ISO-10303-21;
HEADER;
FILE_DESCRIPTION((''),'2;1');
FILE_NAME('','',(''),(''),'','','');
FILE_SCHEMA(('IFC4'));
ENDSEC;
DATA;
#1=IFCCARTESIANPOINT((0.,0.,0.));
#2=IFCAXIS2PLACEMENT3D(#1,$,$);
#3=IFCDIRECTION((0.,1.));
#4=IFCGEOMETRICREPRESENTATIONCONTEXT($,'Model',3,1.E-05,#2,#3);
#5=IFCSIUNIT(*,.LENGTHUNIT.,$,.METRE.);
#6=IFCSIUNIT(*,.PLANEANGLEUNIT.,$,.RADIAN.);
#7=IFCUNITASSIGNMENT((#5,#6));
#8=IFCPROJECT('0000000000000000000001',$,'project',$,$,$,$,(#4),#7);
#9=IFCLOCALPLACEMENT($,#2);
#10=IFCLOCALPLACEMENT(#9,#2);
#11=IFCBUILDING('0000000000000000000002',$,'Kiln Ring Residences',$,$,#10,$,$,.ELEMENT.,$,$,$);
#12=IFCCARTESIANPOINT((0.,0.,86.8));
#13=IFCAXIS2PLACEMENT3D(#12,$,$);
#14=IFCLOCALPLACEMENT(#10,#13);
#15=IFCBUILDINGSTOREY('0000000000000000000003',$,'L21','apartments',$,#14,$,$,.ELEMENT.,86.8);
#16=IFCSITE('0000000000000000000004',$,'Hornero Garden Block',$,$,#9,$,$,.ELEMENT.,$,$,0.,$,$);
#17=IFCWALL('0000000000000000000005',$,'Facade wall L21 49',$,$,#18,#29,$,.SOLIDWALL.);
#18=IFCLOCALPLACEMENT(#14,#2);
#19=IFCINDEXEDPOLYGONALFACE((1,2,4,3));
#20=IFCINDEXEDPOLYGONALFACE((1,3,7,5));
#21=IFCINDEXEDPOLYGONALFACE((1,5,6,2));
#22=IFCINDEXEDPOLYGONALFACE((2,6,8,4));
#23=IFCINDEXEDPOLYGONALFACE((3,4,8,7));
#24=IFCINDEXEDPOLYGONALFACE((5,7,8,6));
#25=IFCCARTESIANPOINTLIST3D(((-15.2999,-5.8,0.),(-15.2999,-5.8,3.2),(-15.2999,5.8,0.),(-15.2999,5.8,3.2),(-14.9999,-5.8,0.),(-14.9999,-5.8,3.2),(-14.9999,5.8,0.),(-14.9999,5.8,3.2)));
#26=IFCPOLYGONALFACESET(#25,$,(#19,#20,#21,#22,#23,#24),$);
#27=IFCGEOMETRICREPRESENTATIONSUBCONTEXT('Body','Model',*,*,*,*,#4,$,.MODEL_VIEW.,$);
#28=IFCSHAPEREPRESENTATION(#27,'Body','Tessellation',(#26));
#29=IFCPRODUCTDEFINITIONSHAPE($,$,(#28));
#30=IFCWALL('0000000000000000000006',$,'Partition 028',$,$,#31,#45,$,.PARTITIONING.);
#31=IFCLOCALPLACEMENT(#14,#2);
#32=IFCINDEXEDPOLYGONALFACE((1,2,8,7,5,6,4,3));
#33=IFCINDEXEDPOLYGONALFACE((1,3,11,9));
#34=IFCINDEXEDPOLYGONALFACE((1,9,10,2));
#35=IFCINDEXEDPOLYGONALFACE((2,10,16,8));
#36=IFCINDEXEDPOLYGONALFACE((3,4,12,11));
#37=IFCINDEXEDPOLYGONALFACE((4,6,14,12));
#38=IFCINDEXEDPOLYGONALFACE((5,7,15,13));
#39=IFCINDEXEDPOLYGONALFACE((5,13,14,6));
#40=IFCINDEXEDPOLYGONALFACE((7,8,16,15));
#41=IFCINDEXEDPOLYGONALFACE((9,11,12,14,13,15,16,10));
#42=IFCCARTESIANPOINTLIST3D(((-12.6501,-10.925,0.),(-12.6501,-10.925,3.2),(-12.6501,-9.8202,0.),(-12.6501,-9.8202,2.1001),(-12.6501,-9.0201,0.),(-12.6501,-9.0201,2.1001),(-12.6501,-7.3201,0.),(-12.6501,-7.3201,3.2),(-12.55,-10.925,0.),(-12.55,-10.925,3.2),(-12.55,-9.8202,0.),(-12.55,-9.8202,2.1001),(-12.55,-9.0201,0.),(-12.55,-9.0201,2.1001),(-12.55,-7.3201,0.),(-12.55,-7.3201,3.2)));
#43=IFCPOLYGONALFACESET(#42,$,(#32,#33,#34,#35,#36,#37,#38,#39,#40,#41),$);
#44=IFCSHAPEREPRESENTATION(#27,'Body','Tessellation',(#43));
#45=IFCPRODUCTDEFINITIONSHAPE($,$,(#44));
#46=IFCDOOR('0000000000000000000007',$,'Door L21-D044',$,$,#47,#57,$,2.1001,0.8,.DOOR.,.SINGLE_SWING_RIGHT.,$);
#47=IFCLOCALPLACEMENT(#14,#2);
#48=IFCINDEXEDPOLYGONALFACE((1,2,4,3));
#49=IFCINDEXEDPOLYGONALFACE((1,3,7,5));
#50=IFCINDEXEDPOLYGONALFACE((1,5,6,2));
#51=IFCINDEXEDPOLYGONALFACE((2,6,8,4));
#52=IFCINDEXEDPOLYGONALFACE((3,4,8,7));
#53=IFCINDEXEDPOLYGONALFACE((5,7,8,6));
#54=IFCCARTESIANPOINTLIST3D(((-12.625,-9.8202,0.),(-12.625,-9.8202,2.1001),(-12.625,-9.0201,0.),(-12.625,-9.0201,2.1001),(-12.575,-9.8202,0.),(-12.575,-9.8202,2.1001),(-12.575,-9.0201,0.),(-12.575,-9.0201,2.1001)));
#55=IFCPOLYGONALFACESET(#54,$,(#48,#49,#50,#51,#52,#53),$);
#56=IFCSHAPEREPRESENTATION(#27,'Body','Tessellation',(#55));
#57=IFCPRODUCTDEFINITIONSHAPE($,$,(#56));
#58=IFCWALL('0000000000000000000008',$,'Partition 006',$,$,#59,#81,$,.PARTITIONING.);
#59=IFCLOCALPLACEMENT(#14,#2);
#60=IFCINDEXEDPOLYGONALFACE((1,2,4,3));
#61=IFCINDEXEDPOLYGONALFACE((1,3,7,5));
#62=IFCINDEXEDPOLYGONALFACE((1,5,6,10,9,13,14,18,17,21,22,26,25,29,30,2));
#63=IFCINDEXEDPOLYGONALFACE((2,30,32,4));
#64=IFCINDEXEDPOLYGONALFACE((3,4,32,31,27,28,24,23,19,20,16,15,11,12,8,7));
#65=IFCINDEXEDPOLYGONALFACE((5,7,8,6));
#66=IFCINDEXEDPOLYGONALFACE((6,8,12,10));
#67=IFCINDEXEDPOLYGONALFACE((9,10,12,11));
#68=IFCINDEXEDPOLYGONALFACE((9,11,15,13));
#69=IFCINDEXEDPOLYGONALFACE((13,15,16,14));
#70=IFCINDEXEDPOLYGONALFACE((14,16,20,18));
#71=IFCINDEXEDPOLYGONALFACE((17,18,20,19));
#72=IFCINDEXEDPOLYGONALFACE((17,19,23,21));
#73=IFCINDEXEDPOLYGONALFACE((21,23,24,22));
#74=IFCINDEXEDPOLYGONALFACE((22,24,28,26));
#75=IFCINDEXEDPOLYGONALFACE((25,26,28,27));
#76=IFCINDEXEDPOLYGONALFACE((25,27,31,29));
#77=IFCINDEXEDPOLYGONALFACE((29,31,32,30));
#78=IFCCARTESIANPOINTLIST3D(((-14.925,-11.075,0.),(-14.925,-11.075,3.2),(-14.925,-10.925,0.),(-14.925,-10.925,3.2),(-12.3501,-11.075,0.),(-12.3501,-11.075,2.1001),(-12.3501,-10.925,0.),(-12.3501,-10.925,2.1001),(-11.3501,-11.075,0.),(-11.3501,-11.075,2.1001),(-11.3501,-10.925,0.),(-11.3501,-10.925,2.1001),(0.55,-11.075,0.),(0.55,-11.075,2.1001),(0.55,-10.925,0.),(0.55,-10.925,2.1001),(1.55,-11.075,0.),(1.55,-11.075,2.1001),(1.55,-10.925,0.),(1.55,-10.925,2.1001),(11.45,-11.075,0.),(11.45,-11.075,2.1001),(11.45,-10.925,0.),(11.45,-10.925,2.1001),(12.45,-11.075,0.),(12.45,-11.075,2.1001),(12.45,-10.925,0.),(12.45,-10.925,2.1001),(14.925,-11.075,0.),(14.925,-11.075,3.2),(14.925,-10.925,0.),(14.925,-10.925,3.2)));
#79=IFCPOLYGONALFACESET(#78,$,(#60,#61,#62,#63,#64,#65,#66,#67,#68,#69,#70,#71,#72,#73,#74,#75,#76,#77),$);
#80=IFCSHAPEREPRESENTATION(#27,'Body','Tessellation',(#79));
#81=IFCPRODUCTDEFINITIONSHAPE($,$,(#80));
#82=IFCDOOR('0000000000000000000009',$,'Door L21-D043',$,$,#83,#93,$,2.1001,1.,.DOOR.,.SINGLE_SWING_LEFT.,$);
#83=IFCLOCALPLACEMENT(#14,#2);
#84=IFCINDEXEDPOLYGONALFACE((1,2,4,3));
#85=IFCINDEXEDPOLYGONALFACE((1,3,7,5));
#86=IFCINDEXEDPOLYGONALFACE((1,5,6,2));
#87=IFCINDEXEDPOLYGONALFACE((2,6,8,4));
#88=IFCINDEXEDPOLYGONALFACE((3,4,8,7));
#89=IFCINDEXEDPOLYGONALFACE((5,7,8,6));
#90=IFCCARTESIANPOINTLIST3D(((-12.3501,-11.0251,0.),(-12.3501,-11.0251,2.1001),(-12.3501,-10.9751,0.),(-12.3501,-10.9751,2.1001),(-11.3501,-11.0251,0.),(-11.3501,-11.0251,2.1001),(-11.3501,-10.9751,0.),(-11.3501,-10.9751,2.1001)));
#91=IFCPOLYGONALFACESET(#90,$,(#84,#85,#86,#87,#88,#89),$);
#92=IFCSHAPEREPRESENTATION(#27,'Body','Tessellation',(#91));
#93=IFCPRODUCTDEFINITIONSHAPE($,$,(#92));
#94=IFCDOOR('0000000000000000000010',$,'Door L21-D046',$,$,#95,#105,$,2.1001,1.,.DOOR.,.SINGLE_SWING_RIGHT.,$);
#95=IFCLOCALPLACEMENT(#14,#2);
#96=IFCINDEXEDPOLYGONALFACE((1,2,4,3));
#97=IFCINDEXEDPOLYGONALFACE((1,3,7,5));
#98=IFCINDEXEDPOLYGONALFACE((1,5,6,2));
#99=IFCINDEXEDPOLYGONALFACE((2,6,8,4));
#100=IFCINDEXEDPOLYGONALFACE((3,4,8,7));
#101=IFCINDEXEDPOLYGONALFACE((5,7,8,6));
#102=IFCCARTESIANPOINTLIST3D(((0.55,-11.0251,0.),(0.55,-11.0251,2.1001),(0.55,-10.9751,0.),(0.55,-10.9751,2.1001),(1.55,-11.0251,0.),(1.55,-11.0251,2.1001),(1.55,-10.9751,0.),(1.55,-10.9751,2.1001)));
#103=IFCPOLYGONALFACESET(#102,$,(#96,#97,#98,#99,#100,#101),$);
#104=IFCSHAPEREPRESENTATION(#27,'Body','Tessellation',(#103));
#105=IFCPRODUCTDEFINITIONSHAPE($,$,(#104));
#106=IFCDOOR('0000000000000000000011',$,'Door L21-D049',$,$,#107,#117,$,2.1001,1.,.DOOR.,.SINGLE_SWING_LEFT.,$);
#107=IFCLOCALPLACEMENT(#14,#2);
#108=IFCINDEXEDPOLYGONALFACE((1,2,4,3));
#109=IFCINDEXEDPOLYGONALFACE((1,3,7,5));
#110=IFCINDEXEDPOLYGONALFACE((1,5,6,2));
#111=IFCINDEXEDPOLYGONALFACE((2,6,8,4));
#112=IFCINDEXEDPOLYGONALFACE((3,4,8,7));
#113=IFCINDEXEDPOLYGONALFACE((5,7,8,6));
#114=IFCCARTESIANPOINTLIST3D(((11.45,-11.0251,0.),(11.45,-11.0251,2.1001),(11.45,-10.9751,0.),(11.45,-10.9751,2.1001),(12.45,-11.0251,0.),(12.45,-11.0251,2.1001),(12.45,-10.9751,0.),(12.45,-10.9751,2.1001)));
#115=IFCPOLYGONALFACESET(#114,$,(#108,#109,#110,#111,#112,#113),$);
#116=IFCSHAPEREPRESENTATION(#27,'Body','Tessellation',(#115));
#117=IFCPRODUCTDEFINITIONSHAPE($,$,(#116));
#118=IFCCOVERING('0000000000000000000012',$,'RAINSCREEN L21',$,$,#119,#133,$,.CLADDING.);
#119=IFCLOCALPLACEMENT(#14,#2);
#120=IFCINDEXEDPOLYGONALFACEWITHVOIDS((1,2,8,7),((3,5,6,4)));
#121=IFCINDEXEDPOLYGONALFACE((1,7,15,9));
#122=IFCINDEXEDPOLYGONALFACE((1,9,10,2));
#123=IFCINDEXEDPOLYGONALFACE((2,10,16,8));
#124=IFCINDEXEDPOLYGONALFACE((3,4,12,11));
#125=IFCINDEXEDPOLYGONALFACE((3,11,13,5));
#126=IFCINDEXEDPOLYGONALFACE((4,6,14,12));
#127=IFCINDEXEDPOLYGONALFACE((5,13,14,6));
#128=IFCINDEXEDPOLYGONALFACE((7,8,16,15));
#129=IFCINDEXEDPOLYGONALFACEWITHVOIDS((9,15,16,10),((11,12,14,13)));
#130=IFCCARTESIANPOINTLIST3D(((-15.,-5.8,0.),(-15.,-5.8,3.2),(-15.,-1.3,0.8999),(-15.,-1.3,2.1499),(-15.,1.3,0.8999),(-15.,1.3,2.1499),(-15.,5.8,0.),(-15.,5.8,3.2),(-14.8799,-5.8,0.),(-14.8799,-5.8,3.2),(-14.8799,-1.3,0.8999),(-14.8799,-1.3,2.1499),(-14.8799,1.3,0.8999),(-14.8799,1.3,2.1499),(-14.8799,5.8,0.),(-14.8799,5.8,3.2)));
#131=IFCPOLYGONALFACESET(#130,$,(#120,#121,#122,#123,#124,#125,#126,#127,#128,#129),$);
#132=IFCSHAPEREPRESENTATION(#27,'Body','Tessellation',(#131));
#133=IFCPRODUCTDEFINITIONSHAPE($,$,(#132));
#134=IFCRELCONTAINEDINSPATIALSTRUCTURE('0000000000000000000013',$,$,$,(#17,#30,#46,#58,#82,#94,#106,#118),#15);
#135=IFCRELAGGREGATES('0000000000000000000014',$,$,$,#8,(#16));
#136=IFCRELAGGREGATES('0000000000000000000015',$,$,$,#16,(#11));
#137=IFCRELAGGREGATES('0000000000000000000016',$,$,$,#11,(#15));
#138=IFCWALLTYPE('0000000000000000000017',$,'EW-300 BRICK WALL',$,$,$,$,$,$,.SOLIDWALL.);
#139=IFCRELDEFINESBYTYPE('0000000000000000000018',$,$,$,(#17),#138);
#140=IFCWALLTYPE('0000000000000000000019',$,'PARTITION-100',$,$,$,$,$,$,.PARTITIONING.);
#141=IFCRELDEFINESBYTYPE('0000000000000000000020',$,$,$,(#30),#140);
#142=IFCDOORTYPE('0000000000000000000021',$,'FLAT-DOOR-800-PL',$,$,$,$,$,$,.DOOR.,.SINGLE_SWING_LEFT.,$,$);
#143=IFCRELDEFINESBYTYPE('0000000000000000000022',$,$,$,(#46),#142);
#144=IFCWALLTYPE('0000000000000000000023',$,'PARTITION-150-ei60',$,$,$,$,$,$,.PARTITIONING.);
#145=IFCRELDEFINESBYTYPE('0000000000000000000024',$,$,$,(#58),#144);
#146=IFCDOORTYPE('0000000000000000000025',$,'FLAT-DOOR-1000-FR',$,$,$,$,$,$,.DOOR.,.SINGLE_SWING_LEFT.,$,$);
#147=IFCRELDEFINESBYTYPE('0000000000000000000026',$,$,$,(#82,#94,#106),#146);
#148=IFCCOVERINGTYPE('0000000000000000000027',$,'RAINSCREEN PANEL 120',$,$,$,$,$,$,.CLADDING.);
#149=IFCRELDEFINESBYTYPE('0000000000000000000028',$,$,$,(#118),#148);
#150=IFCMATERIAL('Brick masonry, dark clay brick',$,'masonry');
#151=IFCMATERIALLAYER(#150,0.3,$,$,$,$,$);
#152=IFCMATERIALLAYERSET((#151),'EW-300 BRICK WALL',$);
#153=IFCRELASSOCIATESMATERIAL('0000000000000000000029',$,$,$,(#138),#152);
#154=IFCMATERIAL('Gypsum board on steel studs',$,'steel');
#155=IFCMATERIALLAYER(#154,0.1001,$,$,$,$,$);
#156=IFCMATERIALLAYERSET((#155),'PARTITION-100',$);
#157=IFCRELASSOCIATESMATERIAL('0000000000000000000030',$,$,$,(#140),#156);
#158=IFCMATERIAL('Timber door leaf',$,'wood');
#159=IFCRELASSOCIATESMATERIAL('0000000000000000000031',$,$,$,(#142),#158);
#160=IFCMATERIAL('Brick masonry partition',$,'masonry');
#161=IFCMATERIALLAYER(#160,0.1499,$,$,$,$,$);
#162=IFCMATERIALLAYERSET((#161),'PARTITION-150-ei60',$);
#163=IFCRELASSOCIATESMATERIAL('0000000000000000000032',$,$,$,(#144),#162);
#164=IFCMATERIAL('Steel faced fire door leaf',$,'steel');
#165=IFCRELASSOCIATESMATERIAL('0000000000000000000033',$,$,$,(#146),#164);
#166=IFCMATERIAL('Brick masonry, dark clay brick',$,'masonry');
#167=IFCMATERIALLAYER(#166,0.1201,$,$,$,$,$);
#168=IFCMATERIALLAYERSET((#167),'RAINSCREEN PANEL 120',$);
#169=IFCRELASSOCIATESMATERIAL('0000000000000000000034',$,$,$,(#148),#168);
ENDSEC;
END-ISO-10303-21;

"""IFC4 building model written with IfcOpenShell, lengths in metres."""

from ifc_helpers import new_model, si_unit, direction, frame, frame_2d, origin, place, context, subcontext, project, spatial, polyline, rectangle, outline, extrude, material, layer, layer_set, type_object, element, fill, save


model = new_model("IFC4")

# Units and contexts
model_context = context("Model", 3, precision=1e-05, world=origin(), true_north=direction((0.0, 1.0)))
body_context = subcontext(model_context, "Body", "Model", "MODEL_VIEW")
ifc_project = project(units=[si_unit("LENGTHUNIT", "METRE"), si_unit("PLANEANGLEUNIT", "RADIAN")], contexts=[model_context])

# Site, building, storey
site_placement = place(None, origin())
site = spatial("IfcSite", under=ifc_project, at=site_placement, Name="Hornero Garden Block", CompositionType="ELEMENT", RefElevation=0.0)
building_placement = place(site_placement, origin())
building = spatial("IfcBuilding", under=site, at=building_placement, Name="Kiln Ring Residences", CompositionType="ELEMENT")
storey_placement = place(building_placement, frame((0.0, 0.0, 86.8)))
storey = spatial("IfcBuildingStorey", under=building, at=storey_placement, Name="L21", Description="apartments", CompositionType="ELEMENT", Elevation=86.8)

# Wall
ifc_material_1 = material(Name="Brick masonry, dark clay brick", Category="masonry")
ifc_layer_1 = layer(ifc_material_1, 0.3)
ifc_layer_set_1 = layer_set([ifc_layer_1], Name="EW-300 BRICK WALL")
wall_type_1 = type_object("IfcWallType", Name="EW-300 BRICK WALL", PredefinedType="SOLIDWALL", material=ifc_layer_set_1)
wall_1_placement = place(storey_placement, frame((-15.1499, -5.8, 0.0), z_axis=(0.0, 0.0, 1.0), x_axis=(0.0, 1.0, 0.0)))
element("IfcWall", 1, at=wall_1_placement, inside=storey, type_object=wall_type_1, Name="Facade wall L21 49", PredefinedType="SOLIDWALL", context=body_context, shape_type="SweptSolid", body=[
    extrude(rectangle(XDim=11.6001, YDim=0.3, at=frame_2d((5.8, 0.0))), origin(), (0.0, 0.0, 1.0), 3.2),
])

# Wall, opening, door
ifc_material_2 = material(Name="Gypsum board on steel studs", Category="steel")
ifc_layer_2 = layer(ifc_material_2, 0.1001)
ifc_layer_set_2 = layer_set([ifc_layer_2], Name="PARTITION-100")
wall_type_2 = type_object("IfcWallType", Name="PARTITION-100", PredefinedType="PARTITIONING", material=ifc_layer_set_2)
wall_2_placement = place(storey_placement, frame((-12.6001, -10.925, 0.0), z_axis=(0.0, 0.0, 1.0), x_axis=(0.0, 1.0, 0.0)))
wall_2 = element("IfcWall", 2, at=wall_2_placement, inside=storey, type_object=wall_type_2, Name="Partition 028", PredefinedType="PARTITIONING", context=body_context, shape_type="SweptSolid", body=[
    extrude(rectangle(XDim=3.605, YDim=0.1001, at=frame_2d((1.8025, 0.0))), origin(), (0.0, 0.0, 1.0), 3.2),
])
opening_1_placement = place(wall_2_placement, frame((1.105, 0.0, 0.0)))
opening_1 = element("IfcOpeningElement", 3, at=opening_1_placement, cuts=wall_2, PredefinedType="OPENING", context=body_context, shape_type="SweptSolid", body=[
    extrude(rectangle(XDim=0.8, YDim=2.1001, at=frame_2d((0.3999, 1.05))), frame((0.0, 0.0601, 0.0), z_axis=(0.0, -1.0, 0.0), x_axis=(1.0, 0.0, 0.0)), (0.0, 0.0, 1.0), 0.1201),
])
ifc_material_3 = material(Name="Timber door leaf", Category="wood")
door_type_1 = type_object("IfcDoorType", Name="FLAT-DOOR-800-PL", OperationType="SINGLE_SWING_LEFT", PredefinedType="DOOR", material=ifc_material_3)
door_1_placement = place(opening_1_placement, origin())
door_1 = element("IfcDoor", 4, at=door_1_placement, inside=storey, type_object=door_type_1, Name="Door L21-D044", OperationType="SINGLE_SWING_RIGHT", OverallHeight=2.1001, OverallWidth=0.8, PredefinedType="DOOR", context=body_context, shape_type="SweptSolid", body=[
    extrude(rectangle(XDim=0.8, YDim=2.1001, at=frame_2d((0.3999, 1.05))), frame((0.0, 0.0249, 0.0), z_axis=(0.0, -1.0, 0.0), x_axis=(1.0, 0.0, 0.0)), (0.0, 0.0, 1.0), 0.05),
])
fill(opening_1, door_1)

# Wall, openings, doors
ifc_material_4 = material(Name="Brick masonry partition", Category="masonry")
ifc_layer_3 = layer(ifc_material_4, 0.1499)
ifc_layer_set_3 = layer_set([ifc_layer_3], Name="PARTITION-150-ei60")
wall_type_3 = type_object("IfcWallType", Name="PARTITION-150-ei60", PredefinedType="PARTITIONING", material=ifc_layer_set_3)
wall_3_placement = place(storey_placement, frame((-14.925, -11.0, 0.0), z_axis=(0.0, 0.0, 1.0), x_axis=(1.0, 0.0, 0.0)))
wall_3 = element("IfcWall", 5, at=wall_3_placement, inside=storey, type_object=wall_type_3, Name="Partition 006", PredefinedType="PARTITIONING", context=body_context, shape_type="SweptSolid", body=[
    extrude(rectangle(XDim=29.8501, YDim=0.1499, at=frame_2d((14.925, 0.0))), origin(), (0.0, 0.0, 1.0), 3.2),
])
opening_2_placement = place(wall_3_placement, frame((2.575, 0.0, 0.0)))
opening_2 = element("IfcOpeningElement", 6, at=opening_2_placement, cuts=wall_3, PredefinedType="OPENING", context=body_context, shape_type="SweptSolid", body=[
    extrude(rectangle(XDim=1.0, YDim=2.1001, at=frame_2d((0.5, 1.05))), frame((0.0, 0.085, 0.0), z_axis=(0.0, -1.0, 0.0), x_axis=(1.0, 0.0, 0.0)), (0.0, 0.0, 1.0), 0.1699),
])
opening_3_placement = place(wall_3_placement, frame((15.4751, 0.0, 0.0)))
opening_3 = element("IfcOpeningElement", 7, at=opening_3_placement, cuts=wall_3, PredefinedType="OPENING", context=body_context, shape_type="SweptSolid", body=[
    extrude(rectangle(XDim=1.0, YDim=2.1001, at=frame_2d((0.5, 1.05))), frame((0.0, 0.085, 0.0), z_axis=(0.0, -1.0, 0.0), x_axis=(1.0, 0.0, 0.0)), (0.0, 0.0, 1.0), 0.1699),
])
opening_4_placement = place(wall_3_placement, frame((26.375, 0.0, 0.0)))
opening_4 = element("IfcOpeningElement", 8, at=opening_4_placement, cuts=wall_3, PredefinedType="OPENING", context=body_context, shape_type="SweptSolid", body=[
    extrude(rectangle(XDim=1.0, YDim=2.1001, at=frame_2d((0.5, 1.05))), frame((0.0, 0.085, 0.0), z_axis=(0.0, -1.0, 0.0), x_axis=(1.0, 0.0, 0.0)), (0.0, 0.0, 1.0), 0.1699),
])
ifc_material_5 = material(Name="Steel faced fire door leaf", Category="steel")
door_type_2 = type_object("IfcDoorType", Name="FLAT-DOOR-1000-FR", OperationType="SINGLE_SWING_LEFT", PredefinedType="DOOR", material=ifc_material_5)
door_2_placement = place(opening_2_placement, origin())
door_2 = element("IfcDoor", 9, at=door_2_placement, inside=storey, type_object=door_type_2, Name="Door L21-D043", OperationType="SINGLE_SWING_LEFT", OverallHeight=2.1001, OverallWidth=1.0, PredefinedType="DOOR", context=body_context, shape_type="SweptSolid", body=[
    extrude(rectangle(XDim=1.0, YDim=2.1001, at=frame_2d((0.5, 1.05))), frame((0.0, 0.0249, 0.0), z_axis=(0.0, -1.0, 0.0), x_axis=(1.0, 0.0, 0.0)), (0.0, 0.0, 1.0), 0.05),
])
fill(opening_2, door_2)
door_3_placement = place(opening_3_placement, origin())
door_3 = element("IfcDoor", 10, at=door_3_placement, inside=storey, type_object=door_type_2, Name="Door L21-D046", OperationType="SINGLE_SWING_RIGHT", OverallHeight=2.1001, OverallWidth=1.0, PredefinedType="DOOR", context=body_context, shape_type="SweptSolid", body=[
    extrude(rectangle(XDim=1.0, YDim=2.1001, at=frame_2d((0.5, 1.05))), frame((0.0, 0.0249, 0.0), z_axis=(0.0, -1.0, 0.0), x_axis=(1.0, 0.0, 0.0)), (0.0, 0.0, 1.0), 0.05),
])
fill(opening_3, door_3)
door_4_placement = place(opening_4_placement, origin())
door_4 = element("IfcDoor", 11, at=door_4_placement, inside=storey, type_object=door_type_2, Name="Door L21-D049", OperationType="SINGLE_SWING_LEFT", OverallHeight=2.1001, OverallWidth=1.0, PredefinedType="DOOR", context=body_context, shape_type="SweptSolid", body=[
    extrude(rectangle(XDim=1.0, YDim=2.1001, at=frame_2d((0.5, 1.05))), frame((0.0, 0.0249, 0.0), z_axis=(0.0, -1.0, 0.0), x_axis=(1.0, 0.0, 0.0)), (0.0, 0.0, 1.0), 0.05),
])
fill(opening_4, door_4)

# Covering
ifc_material_6 = material(Name="Brick masonry, dark clay brick", Category="masonry")
ifc_layer_4 = layer(ifc_material_6, 0.1201)
ifc_layer_set_4 = layer_set([ifc_layer_4], Name="RAINSCREEN PANEL 120")
covering_type = type_object("IfcCoveringType", Name="RAINSCREEN PANEL 120", PredefinedType="CLADDING", material=ifc_layer_set_4)
covering_placement = place(storey_placement, frame((-14.9399, -5.8, 0.0), z_axis=(0.0, 0.0, 1.0), x_axis=(0.0, 1.0, 0.0)))
element("IfcCovering", 12, at=covering_placement, inside=storey, type_object=covering_type, Name="RAINSCREEN L21", PredefinedType="CLADDING", context=body_context, shape_type="SweptSolid", body=[
    extrude(outline(polyline([(0.0, 0.0), (11.6001, 0.0), (11.6001, 3.2), (0.0, 3.2), (0.0, 0.0)]), holes=[polyline([(4.5, 2.1499), (4.5, 0.8999), (7.1001, 0.8999), (7.1001, 2.1499), (4.5, 2.1499)])]), frame((0.0, 0.0601, 0.0), z_axis=(0.0, -1.0, 0.0), x_axis=(1.0, 0.0, 0.0)), (0.0, 0.0, 1.0), 0.1201),
])

save(model, "model.ifc")
